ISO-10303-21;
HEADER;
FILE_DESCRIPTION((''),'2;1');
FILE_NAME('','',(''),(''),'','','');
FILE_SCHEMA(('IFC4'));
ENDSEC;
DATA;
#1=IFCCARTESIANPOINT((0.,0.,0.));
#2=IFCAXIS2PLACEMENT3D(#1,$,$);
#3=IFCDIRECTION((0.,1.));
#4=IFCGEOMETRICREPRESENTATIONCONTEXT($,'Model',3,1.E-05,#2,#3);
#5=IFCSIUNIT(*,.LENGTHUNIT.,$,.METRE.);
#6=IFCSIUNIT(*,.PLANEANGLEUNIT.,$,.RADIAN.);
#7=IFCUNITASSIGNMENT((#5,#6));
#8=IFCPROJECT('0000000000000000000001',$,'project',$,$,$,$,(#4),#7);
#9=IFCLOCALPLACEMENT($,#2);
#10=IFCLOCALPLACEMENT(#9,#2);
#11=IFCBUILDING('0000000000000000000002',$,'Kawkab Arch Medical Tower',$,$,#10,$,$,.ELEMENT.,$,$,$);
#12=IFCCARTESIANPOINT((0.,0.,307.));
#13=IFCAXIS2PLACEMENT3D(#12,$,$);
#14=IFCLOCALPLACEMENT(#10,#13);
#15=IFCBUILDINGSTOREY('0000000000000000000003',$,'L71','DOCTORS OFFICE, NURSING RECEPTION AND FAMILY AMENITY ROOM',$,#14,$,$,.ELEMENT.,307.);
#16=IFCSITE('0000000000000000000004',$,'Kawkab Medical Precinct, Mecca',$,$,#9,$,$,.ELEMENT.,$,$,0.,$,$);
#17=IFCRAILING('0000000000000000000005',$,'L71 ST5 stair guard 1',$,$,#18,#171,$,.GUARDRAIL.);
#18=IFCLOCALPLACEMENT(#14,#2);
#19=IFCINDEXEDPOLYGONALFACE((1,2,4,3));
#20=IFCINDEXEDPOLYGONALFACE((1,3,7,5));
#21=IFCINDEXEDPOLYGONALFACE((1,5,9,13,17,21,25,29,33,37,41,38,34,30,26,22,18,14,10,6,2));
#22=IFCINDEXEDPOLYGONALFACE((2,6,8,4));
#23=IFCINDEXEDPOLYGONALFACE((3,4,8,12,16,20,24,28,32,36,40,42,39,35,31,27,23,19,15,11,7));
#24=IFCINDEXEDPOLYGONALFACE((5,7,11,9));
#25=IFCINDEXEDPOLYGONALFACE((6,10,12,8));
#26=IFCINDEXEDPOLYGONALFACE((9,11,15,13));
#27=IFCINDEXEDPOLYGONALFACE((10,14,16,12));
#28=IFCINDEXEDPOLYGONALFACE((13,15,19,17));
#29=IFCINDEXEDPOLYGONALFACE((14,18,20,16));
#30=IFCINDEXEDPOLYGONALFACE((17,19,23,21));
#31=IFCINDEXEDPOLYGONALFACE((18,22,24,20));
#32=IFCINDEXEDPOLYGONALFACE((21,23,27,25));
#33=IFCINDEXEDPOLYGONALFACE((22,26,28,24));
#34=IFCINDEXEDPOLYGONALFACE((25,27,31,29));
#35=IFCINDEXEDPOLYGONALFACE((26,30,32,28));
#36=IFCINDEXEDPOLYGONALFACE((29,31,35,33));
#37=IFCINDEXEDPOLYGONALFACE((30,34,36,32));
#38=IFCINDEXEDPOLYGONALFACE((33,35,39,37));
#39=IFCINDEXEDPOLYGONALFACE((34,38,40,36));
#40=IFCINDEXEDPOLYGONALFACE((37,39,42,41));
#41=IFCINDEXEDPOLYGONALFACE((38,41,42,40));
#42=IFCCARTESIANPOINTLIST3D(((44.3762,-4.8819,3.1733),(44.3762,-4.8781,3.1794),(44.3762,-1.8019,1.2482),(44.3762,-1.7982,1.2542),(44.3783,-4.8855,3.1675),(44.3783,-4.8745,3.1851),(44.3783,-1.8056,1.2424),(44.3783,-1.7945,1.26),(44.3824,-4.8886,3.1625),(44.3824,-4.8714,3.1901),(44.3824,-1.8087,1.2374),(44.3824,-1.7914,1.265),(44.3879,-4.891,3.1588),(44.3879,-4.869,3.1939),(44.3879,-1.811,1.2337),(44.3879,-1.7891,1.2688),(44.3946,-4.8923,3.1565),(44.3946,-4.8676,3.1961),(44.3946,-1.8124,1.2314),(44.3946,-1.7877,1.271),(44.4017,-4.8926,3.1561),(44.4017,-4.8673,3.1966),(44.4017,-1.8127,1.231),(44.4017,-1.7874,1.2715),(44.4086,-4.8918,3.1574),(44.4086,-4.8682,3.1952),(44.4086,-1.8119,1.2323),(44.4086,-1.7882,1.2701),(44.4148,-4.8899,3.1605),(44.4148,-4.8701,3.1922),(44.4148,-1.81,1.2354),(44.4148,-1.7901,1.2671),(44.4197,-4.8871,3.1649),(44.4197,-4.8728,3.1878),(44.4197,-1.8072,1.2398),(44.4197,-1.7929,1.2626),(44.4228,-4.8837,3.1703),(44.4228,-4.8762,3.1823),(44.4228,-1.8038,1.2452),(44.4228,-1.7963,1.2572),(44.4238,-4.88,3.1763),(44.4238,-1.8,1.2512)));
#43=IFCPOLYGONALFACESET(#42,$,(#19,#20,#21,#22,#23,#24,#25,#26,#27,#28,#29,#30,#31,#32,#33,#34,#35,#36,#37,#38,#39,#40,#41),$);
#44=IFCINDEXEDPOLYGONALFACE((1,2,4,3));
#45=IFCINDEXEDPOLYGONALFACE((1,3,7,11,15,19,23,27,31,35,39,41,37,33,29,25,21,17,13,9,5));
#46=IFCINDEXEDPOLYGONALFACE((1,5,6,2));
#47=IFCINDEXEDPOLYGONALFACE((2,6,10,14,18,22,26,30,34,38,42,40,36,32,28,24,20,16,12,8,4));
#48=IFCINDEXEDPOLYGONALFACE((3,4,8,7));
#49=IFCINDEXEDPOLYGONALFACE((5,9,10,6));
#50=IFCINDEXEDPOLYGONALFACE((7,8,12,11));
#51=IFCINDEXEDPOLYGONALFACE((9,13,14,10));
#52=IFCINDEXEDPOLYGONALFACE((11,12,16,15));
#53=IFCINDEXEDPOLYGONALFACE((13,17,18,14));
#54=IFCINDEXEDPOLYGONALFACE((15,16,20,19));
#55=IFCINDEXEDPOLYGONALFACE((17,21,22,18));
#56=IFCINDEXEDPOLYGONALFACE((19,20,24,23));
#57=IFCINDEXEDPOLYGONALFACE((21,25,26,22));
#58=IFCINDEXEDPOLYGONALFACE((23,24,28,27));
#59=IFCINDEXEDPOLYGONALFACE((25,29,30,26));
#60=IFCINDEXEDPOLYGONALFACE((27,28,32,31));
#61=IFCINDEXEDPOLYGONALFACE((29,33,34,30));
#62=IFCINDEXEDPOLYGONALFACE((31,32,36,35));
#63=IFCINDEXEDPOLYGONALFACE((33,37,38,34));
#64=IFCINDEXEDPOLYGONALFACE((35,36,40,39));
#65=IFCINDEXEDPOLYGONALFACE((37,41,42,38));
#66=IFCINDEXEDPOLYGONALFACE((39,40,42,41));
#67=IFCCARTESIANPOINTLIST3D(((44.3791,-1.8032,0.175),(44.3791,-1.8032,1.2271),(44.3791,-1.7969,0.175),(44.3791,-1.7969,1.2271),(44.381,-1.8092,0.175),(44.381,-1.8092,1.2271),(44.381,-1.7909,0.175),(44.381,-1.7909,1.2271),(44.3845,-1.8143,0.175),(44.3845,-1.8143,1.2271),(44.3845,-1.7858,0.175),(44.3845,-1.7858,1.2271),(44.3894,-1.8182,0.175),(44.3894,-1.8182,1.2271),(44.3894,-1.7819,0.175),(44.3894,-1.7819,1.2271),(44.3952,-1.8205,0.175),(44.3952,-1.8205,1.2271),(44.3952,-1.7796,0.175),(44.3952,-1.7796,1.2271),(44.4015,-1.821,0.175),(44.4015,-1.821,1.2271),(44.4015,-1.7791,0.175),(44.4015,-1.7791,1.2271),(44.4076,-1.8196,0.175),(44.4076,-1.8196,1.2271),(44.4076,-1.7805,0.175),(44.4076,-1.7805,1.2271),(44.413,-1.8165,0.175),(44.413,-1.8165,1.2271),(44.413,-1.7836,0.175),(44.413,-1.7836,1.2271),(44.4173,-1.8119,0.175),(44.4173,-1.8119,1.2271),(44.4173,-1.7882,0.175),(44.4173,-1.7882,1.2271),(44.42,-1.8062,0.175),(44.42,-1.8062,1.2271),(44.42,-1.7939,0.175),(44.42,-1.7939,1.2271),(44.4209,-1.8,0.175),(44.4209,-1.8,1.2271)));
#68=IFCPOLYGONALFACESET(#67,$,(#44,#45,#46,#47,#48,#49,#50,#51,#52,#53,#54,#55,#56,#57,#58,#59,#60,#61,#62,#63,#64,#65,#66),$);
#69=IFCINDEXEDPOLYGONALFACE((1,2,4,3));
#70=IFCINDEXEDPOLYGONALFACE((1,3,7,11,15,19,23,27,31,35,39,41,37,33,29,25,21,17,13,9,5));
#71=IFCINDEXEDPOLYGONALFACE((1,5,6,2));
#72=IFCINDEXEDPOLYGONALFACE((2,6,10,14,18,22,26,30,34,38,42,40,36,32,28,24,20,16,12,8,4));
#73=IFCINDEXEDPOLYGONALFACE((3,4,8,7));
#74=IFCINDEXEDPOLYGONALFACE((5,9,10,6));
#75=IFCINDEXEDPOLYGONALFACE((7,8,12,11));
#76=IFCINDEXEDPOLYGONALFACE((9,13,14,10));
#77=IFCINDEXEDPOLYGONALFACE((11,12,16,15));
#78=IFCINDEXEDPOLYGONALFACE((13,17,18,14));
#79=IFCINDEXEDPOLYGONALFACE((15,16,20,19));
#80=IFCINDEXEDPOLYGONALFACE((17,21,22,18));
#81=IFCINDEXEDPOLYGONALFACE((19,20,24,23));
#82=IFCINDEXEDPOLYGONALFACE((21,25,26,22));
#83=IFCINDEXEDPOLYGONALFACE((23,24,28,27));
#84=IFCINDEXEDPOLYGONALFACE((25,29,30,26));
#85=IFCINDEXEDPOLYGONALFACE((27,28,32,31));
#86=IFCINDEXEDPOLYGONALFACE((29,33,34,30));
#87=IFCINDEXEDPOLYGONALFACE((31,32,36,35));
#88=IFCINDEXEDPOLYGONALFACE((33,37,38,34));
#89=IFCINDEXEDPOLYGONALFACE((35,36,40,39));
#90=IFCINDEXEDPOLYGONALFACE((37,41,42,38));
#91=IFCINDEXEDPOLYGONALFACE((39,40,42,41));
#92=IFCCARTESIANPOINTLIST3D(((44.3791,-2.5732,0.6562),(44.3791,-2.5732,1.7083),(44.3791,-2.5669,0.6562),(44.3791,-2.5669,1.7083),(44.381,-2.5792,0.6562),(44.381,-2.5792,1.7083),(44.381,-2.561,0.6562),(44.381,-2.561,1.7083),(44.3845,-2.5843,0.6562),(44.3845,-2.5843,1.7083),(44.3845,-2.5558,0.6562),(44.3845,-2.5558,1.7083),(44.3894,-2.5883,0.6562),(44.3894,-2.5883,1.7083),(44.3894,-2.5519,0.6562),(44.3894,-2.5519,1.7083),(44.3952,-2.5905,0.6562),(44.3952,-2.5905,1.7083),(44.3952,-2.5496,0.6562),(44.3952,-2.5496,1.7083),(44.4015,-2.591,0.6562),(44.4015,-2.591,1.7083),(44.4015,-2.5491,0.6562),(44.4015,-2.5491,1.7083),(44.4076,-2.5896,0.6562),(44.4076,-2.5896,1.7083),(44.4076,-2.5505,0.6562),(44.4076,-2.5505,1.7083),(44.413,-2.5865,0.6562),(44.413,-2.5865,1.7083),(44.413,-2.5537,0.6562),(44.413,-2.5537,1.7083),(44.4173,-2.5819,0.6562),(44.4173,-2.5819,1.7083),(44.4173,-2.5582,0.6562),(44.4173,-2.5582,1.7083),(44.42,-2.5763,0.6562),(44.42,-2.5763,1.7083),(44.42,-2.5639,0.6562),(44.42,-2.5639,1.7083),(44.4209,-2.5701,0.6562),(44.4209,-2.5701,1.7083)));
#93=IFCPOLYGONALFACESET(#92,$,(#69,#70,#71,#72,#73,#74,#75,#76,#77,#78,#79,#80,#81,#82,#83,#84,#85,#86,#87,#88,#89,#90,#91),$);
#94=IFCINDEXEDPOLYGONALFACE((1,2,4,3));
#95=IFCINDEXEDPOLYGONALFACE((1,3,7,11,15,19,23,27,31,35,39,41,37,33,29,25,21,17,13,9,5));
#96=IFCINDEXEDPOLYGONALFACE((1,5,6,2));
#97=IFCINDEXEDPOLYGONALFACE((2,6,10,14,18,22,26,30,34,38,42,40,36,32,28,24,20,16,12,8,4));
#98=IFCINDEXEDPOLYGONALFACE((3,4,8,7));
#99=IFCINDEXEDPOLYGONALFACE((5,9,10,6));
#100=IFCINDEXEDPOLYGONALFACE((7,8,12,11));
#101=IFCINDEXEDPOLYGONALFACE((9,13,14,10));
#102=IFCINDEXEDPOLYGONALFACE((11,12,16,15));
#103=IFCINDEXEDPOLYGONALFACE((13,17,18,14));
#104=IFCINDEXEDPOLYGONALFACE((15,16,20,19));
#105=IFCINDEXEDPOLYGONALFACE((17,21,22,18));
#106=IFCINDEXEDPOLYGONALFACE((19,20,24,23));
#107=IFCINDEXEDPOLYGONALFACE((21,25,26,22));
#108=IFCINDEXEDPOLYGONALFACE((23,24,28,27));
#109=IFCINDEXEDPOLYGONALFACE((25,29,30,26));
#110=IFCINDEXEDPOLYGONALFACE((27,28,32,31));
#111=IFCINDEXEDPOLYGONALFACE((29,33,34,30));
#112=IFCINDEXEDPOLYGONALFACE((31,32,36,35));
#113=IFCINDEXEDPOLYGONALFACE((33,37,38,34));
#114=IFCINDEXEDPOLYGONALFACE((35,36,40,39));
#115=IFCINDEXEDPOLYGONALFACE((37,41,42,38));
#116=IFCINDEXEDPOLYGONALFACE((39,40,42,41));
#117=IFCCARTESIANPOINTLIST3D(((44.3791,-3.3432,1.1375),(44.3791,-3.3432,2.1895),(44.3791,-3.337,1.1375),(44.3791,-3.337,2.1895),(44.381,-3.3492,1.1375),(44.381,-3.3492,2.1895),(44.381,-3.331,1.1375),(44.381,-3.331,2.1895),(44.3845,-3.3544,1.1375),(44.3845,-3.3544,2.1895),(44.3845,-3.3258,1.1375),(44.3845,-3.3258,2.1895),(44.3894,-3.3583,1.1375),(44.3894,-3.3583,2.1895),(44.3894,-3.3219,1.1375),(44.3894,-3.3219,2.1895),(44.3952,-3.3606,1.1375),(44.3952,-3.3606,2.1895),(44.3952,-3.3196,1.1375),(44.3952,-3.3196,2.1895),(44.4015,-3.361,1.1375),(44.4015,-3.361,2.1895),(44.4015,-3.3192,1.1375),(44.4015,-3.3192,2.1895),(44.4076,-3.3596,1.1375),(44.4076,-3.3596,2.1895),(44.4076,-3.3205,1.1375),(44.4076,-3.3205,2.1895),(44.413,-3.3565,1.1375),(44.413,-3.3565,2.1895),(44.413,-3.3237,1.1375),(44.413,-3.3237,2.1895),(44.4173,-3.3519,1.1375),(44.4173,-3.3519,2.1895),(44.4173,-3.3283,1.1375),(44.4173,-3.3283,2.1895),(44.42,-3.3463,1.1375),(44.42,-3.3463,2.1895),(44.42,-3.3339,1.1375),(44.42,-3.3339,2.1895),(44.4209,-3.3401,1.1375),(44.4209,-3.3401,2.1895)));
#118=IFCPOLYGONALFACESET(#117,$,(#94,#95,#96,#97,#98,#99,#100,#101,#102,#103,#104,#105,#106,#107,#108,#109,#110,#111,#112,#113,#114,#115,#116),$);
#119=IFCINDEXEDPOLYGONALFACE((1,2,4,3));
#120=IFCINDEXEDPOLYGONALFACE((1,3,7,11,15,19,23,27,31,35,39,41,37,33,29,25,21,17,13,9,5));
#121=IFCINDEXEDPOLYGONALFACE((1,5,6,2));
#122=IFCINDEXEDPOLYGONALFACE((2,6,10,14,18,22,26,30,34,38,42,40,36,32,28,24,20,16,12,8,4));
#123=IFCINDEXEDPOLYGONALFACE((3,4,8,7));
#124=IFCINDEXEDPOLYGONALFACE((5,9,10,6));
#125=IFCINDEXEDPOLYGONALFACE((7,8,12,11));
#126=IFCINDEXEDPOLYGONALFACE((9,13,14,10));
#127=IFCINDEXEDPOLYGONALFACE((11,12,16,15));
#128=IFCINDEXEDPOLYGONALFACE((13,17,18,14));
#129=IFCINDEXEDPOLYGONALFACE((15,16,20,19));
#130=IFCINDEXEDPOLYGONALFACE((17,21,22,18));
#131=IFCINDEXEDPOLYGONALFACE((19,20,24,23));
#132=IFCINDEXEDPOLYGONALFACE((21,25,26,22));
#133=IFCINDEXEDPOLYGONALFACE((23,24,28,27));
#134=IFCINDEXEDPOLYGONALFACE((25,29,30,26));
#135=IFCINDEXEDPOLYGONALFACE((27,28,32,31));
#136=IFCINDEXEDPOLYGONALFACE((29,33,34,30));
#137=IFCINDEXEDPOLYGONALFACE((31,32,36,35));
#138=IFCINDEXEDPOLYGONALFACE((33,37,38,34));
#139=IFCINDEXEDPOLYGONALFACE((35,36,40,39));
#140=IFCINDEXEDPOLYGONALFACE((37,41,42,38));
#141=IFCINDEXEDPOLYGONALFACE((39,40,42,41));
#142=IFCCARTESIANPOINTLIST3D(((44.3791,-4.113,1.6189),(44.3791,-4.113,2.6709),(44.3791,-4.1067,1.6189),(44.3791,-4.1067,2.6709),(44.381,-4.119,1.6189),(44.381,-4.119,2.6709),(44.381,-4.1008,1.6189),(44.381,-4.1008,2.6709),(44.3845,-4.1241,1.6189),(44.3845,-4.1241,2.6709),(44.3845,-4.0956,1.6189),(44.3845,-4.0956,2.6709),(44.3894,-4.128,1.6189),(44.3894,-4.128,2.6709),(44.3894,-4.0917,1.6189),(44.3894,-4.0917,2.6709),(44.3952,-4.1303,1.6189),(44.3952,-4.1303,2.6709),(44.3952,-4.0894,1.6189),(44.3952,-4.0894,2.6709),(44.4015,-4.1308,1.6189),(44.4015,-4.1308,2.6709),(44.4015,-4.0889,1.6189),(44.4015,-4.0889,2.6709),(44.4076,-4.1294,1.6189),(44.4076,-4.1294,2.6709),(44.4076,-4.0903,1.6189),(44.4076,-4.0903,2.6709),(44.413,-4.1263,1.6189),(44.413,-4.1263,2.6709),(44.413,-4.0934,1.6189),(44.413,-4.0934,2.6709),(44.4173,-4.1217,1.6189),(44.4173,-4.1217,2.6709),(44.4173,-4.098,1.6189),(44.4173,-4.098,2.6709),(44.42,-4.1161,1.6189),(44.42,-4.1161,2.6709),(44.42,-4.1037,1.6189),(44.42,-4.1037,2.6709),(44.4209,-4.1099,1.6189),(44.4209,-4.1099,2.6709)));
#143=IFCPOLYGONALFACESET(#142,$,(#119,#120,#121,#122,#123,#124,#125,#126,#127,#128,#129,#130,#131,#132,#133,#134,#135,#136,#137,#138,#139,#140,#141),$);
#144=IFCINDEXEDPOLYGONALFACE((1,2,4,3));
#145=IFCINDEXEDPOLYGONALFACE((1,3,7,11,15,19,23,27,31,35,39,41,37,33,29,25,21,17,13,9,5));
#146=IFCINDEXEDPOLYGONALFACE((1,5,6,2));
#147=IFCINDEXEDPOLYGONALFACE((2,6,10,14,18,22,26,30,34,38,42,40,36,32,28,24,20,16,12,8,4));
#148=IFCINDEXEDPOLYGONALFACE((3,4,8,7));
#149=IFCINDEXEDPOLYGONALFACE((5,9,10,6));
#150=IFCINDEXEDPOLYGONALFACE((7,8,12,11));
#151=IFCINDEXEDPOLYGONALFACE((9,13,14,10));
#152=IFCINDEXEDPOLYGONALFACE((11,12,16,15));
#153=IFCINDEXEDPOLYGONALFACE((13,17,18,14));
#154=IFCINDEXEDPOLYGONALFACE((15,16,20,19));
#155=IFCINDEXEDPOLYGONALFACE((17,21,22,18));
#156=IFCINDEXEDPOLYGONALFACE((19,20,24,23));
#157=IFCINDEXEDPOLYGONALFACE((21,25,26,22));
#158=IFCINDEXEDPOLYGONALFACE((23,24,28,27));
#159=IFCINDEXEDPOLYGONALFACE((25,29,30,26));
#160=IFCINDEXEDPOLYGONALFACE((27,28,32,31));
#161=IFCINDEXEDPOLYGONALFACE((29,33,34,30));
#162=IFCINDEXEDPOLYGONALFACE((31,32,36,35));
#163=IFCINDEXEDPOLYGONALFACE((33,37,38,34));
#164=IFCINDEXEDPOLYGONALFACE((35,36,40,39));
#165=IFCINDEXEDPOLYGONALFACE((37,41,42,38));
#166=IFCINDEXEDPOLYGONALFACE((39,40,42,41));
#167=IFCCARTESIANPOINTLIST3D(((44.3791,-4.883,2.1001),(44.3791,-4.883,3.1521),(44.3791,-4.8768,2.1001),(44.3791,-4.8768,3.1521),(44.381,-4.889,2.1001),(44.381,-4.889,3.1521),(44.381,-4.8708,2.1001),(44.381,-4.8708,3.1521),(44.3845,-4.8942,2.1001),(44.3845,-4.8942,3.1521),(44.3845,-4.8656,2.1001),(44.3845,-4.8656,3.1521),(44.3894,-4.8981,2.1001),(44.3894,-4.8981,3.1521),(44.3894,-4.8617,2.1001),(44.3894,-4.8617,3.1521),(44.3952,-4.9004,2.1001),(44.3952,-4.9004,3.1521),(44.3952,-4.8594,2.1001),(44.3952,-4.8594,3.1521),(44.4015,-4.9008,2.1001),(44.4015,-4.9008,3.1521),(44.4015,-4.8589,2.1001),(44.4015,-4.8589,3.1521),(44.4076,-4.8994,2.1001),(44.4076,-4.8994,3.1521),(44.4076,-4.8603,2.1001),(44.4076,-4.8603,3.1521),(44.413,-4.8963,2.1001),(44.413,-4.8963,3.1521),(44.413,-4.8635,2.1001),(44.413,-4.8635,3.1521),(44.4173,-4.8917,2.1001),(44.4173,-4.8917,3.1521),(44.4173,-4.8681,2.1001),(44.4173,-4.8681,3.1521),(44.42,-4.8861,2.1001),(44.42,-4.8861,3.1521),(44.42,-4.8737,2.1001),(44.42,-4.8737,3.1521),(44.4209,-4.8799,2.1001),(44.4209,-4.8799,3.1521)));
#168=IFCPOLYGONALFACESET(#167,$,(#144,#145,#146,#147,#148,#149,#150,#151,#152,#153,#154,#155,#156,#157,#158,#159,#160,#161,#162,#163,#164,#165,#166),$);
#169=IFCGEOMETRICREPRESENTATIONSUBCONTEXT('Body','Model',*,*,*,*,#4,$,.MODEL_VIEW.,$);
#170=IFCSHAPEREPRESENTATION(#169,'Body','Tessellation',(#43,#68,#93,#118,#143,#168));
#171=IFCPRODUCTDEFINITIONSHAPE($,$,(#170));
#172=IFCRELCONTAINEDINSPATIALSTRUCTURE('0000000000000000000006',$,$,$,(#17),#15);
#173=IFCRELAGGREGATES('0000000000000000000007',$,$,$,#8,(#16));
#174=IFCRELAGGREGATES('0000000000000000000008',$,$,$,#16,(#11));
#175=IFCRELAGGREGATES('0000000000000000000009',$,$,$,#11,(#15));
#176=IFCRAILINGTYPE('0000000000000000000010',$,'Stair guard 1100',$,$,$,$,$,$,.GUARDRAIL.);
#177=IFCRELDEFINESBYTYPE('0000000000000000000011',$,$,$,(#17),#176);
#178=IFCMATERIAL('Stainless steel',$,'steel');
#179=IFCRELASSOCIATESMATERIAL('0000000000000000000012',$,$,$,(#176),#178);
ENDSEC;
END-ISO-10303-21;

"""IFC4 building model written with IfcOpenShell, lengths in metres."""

from ifc_helpers import new_model, si_unit, direction, frame, origin, origin_2d, place, context, subcontext, project, spatial, circle, extrude, material, type_object, element, save


model = new_model("IFC4")

# Units and contexts
model_context = context("Model", 3, precision=1e-05, world=origin(), true_north=direction((0.0, 1.0)))
body_context = subcontext(model_context, "Body", "Model", "MODEL_VIEW")
ifc_project = project(units=[si_unit("LENGTHUNIT", "METRE"), si_unit("PLANEANGLEUNIT", "RADIAN")], contexts=[model_context])

# Site, building, storey
site_placement = place(None, origin())
site = spatial("IfcSite", under=ifc_project, at=site_placement, Name="Kawkab Medical Precinct, Mecca", CompositionType="ELEMENT", RefElevation=0.0)
building_placement = place(site_placement, origin())
building = spatial("IfcBuilding", under=site, at=building_placement, Name="Kawkab Arch Medical Tower", CompositionType="ELEMENT")
storey_placement = place(building_placement, frame((0.0, 0.0, 307.0)))
storey = spatial("IfcBuildingStorey", under=building, at=storey_placement, Name="L71", Description="DOCTORS OFFICE, NURSING RECEPTION AND FAMILY AMENITY ROOM", CompositionType="ELEMENT", Elevation=307.0)

# Railing
ifc_material_1 = material(Name="Stainless steel", Category="steel")
railing_type = type_object("IfcRailingType", Name="Stair guard 1100", PredefinedType="GUARDRAIL", material=ifc_material_1)
railing_1_placement = place(storey_placement, frame((44.3999, -1.8, 0.175)))
element("IfcRailing", 1, at=railing_1_placement, inside=storey, type_object=railing_type, Name="L71 ST5 stair guard 1", PredefinedType="GUARDRAIL", context=body_context, shape_type="SweptSolid", body=[
    extrude(circle(Radius=0.0239, at=origin_2d()), frame((0.0, 0.0, 1.0762), z_axis=(0.0, -0.847979, 0.530029), x_axis=(1.0, 0.0, 0.0)), (0.0, 0.0, 1.0), 3.6321),
    extrude(circle(Radius=0.021, at=origin_2d()), origin(), (0.0, 0.0, 1.0), 1.052),
    extrude(circle(Radius=0.021, at=origin_2d()), frame((0.0, -0.77, 0.4812)), (0.0, 0.0, 1.0), 1.052),
    extrude(circle(Radius=0.021, at=origin_2d()), frame((0.0, -1.54, 0.9624)), (0.0, 0.0, 1.0), 1.052),
    extrude(circle(Radius=0.021, at=origin_2d()), frame((0.0, -2.3098, 1.4438)), (0.0, 0.0, 1.0), 1.052),
    extrude(circle(Radius=0.021, at=origin_2d()), frame((0.0, -3.0798, 1.925)), (0.0, 0.0, 1.0), 1.052),
])

save(model, "model.ifc")
